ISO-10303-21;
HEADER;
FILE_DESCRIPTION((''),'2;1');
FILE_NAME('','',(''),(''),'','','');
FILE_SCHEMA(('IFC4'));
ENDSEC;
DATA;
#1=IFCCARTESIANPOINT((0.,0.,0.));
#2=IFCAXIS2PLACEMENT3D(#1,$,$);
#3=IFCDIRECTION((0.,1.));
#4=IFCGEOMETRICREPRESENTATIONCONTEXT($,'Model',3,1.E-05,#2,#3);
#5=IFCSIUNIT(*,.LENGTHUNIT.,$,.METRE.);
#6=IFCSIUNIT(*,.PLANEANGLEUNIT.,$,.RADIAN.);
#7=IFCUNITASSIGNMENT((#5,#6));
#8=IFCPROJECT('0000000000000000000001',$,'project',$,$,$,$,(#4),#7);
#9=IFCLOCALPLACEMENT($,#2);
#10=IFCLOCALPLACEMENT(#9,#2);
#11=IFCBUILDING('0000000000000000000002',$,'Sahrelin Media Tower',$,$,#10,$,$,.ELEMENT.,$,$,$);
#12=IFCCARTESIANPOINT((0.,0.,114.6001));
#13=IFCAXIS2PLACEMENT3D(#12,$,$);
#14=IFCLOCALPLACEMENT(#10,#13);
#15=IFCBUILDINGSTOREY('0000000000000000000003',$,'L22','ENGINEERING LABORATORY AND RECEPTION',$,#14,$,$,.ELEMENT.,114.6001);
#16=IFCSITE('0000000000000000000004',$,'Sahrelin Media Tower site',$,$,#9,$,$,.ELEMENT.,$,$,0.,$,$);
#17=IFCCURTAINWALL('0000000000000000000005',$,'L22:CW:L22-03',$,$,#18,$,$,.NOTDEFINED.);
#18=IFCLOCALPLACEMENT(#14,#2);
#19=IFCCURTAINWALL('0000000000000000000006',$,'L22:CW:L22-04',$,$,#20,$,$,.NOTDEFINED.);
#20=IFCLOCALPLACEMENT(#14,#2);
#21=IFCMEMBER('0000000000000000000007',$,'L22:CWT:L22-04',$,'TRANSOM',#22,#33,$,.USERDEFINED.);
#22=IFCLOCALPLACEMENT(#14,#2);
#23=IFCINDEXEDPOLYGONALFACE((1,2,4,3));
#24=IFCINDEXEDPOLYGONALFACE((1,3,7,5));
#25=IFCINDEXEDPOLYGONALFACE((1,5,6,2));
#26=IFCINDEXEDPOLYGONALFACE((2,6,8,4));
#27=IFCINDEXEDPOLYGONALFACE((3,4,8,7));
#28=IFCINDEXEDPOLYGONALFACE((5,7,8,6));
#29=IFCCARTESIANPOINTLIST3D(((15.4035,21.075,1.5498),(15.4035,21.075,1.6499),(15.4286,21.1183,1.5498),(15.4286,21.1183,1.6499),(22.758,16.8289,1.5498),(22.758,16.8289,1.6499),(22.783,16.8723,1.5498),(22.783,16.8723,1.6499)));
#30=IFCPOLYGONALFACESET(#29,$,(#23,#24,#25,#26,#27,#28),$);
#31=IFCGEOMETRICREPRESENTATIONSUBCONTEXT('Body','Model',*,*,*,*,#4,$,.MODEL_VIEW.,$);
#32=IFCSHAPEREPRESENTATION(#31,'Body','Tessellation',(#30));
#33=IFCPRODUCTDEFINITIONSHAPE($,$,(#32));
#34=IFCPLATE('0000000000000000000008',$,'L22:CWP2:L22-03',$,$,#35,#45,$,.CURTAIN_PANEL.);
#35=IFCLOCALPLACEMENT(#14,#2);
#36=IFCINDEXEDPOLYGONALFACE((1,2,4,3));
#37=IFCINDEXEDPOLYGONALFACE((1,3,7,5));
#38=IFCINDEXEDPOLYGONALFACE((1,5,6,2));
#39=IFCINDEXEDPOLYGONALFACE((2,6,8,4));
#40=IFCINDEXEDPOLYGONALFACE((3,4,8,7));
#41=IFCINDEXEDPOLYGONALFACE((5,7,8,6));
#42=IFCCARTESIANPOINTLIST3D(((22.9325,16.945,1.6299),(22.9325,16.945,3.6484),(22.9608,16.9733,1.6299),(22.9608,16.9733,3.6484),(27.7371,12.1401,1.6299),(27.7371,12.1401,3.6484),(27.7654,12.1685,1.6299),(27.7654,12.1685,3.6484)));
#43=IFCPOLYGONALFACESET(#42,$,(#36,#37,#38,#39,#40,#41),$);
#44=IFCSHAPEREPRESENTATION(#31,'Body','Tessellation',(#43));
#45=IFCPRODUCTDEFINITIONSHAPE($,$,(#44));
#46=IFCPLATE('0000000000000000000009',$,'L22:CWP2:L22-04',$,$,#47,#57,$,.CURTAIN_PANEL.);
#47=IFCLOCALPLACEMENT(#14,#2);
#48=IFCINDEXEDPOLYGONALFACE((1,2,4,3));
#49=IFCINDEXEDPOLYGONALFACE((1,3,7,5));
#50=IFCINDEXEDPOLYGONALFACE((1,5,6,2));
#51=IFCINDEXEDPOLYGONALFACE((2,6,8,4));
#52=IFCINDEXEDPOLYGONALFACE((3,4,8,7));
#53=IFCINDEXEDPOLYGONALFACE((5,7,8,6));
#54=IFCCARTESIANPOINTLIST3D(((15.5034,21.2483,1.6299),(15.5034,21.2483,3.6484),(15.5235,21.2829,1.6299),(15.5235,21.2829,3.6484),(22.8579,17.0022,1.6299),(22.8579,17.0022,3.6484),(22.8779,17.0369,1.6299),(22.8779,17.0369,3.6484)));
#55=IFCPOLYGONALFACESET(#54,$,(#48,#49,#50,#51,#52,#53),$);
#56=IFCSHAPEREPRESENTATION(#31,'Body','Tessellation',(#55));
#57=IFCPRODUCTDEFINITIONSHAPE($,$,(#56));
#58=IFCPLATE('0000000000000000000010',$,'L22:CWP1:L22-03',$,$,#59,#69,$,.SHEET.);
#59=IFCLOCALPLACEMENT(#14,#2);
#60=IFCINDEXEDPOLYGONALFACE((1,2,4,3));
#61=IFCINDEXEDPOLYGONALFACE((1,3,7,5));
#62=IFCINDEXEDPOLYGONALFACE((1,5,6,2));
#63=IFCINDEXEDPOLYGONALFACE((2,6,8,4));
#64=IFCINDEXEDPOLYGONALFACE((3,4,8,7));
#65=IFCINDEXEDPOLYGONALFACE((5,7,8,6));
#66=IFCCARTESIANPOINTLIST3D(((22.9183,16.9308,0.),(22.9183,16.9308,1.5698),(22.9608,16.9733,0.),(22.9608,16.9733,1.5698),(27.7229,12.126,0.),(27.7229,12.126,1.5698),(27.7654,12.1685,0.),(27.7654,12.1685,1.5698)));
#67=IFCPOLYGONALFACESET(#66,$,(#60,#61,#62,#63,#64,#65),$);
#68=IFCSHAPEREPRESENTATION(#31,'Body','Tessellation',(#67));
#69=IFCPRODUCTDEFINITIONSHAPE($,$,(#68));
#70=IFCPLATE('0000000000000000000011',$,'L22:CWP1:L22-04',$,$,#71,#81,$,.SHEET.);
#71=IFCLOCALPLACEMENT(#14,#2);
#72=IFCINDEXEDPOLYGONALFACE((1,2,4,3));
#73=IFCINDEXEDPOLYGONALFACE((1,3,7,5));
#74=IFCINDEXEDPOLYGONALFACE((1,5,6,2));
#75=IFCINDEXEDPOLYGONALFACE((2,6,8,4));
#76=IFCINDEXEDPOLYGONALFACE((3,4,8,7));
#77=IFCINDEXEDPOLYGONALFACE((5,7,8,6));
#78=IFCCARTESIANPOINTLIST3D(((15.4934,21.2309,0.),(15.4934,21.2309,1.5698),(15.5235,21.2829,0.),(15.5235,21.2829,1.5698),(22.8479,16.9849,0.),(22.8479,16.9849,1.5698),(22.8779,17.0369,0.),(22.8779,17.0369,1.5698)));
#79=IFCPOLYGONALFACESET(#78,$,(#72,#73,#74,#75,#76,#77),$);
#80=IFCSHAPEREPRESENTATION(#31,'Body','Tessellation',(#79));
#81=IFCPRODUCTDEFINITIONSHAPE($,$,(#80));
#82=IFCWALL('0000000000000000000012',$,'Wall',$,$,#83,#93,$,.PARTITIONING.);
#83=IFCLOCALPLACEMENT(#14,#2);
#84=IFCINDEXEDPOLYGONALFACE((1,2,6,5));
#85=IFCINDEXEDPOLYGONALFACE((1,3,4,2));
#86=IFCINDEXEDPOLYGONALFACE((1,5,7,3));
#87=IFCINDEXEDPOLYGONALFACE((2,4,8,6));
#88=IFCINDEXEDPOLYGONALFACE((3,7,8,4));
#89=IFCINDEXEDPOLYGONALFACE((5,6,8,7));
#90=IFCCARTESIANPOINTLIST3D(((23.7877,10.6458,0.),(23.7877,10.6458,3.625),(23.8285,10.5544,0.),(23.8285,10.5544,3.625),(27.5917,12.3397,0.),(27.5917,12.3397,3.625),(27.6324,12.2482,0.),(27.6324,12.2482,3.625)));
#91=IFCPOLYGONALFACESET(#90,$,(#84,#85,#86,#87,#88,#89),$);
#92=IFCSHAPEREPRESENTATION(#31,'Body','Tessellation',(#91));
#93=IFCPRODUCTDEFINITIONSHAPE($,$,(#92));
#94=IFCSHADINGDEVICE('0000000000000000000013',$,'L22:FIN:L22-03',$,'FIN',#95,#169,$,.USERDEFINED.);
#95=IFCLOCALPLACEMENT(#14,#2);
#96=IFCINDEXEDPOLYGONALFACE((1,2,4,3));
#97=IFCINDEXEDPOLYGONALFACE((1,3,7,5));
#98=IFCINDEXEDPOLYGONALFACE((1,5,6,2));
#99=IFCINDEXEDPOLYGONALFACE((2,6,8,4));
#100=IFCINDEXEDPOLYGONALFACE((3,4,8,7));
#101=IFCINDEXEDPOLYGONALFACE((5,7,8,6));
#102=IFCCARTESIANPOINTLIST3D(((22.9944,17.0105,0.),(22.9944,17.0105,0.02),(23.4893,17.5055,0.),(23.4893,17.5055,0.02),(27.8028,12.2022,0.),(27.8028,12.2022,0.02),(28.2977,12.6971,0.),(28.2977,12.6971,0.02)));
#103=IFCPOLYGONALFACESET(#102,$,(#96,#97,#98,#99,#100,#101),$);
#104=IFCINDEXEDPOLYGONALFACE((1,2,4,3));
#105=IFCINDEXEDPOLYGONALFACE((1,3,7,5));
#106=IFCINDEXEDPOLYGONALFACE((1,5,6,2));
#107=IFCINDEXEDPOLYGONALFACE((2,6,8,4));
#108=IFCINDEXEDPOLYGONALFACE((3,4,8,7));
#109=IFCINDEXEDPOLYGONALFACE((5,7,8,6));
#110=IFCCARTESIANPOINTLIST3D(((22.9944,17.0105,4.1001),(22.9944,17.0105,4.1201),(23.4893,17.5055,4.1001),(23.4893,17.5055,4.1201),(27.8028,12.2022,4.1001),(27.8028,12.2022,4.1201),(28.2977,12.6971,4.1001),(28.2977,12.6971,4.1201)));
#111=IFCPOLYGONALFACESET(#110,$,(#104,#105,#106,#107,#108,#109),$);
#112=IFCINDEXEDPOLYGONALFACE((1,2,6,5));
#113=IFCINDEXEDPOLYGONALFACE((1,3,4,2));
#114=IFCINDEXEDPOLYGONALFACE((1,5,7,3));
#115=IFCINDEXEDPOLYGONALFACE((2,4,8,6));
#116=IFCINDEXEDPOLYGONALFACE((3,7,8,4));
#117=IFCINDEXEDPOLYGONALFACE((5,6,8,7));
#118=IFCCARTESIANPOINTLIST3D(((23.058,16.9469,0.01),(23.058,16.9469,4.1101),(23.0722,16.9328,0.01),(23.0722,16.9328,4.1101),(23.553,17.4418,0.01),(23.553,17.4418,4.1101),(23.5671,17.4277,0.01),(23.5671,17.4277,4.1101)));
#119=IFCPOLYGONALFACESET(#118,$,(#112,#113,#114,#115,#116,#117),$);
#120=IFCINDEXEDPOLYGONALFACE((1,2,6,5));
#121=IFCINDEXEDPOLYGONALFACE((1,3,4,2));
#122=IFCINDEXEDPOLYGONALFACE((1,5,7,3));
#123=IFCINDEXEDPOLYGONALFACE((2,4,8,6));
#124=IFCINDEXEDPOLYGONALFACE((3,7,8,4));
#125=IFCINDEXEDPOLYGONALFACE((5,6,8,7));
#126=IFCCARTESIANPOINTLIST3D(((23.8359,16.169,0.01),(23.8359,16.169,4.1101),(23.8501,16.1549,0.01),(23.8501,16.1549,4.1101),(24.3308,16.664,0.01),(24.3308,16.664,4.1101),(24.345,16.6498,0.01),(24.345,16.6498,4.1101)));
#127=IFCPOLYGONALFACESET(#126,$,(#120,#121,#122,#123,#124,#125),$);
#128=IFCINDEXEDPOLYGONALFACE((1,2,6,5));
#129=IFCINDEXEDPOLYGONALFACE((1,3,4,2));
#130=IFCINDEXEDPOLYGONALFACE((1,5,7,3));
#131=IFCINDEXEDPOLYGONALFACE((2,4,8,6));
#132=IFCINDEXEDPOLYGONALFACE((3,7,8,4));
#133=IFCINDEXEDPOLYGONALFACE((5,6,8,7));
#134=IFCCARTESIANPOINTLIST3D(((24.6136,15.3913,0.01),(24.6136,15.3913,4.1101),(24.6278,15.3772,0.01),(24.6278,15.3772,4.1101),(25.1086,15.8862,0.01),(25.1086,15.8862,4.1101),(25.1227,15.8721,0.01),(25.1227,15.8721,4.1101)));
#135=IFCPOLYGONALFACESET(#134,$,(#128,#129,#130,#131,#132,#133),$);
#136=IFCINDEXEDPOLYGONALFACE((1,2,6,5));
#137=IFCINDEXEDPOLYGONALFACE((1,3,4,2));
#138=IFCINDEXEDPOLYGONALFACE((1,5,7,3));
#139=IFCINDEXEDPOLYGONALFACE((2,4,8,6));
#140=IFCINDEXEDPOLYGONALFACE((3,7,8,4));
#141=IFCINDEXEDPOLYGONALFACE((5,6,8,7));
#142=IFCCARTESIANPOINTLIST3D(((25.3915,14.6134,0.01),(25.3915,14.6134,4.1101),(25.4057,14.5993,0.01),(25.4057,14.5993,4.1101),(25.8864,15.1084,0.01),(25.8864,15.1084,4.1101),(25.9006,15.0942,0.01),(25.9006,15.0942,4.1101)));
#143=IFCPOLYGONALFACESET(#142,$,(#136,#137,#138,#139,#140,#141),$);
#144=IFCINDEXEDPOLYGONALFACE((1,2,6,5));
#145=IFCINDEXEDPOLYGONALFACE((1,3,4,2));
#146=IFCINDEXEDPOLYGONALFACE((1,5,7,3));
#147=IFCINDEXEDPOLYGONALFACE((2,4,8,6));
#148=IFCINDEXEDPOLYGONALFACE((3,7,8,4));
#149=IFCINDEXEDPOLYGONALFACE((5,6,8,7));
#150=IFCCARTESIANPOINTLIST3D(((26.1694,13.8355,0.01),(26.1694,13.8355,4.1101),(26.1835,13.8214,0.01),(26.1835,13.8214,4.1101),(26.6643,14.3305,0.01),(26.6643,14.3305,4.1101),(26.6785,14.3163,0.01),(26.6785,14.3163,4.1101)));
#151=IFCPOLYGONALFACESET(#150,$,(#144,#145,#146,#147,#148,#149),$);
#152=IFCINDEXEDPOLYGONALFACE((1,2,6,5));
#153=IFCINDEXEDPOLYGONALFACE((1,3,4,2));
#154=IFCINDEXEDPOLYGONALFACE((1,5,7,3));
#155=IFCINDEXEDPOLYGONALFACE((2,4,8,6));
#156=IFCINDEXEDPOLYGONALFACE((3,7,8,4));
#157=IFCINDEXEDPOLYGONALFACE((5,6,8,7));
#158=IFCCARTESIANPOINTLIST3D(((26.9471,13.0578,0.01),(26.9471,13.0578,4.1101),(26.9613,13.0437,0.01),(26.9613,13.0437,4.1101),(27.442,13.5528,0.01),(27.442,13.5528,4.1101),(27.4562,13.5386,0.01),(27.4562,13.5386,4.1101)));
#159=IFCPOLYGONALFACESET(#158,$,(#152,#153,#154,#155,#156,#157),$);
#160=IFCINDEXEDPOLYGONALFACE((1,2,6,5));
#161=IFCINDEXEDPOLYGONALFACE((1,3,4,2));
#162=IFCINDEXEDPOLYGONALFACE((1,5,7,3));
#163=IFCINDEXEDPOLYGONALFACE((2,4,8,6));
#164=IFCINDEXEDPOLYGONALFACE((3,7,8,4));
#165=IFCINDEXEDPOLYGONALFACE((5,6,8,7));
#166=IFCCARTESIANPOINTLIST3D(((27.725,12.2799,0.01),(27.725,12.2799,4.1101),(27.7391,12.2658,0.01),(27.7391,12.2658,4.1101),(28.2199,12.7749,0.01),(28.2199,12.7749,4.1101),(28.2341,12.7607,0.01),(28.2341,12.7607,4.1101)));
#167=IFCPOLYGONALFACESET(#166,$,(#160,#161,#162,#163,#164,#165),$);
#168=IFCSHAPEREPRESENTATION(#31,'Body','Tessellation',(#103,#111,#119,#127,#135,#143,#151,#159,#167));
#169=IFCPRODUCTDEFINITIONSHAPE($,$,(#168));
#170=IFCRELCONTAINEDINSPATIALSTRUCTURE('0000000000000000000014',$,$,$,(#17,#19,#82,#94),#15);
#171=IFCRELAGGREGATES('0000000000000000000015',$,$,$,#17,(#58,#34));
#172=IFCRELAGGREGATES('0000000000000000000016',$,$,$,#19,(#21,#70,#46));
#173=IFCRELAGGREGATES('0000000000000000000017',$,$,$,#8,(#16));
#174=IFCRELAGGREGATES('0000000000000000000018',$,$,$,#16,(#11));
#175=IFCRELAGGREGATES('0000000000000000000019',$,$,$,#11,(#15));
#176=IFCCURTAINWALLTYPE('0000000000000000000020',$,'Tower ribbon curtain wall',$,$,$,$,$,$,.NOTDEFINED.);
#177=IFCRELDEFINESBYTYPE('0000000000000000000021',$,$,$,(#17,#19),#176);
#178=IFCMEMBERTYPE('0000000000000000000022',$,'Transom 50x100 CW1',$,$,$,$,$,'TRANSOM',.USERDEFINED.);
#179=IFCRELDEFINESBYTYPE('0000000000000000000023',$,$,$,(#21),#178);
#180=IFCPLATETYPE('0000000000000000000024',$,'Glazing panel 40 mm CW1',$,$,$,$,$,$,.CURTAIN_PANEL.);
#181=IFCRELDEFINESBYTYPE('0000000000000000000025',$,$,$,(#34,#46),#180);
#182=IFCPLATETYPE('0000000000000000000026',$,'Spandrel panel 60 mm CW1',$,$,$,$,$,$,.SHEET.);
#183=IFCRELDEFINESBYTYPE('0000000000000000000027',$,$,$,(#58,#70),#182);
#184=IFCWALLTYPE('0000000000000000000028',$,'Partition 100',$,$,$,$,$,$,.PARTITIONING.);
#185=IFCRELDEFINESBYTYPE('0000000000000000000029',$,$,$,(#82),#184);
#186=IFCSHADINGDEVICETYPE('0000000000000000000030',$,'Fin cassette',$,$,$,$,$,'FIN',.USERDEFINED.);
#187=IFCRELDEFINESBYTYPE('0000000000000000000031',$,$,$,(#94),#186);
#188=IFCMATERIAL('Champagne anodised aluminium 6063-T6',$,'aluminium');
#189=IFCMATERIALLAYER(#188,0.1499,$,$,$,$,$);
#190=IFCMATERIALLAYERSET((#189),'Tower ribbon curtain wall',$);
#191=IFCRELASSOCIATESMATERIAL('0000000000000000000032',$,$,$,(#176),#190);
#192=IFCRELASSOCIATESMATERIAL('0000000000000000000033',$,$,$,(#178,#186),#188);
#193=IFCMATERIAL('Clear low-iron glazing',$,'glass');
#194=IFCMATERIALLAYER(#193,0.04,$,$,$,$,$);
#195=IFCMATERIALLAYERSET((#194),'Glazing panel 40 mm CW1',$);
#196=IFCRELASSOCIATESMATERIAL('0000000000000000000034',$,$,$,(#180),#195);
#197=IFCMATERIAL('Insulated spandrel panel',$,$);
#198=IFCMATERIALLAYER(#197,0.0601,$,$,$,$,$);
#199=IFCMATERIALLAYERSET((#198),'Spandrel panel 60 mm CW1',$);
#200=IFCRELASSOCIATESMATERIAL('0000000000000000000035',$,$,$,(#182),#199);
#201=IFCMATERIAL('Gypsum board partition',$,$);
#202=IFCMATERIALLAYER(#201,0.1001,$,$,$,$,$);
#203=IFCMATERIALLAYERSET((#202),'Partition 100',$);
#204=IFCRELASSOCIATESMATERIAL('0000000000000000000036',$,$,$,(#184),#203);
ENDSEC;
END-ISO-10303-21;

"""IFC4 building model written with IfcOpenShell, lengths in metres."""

from ifc_helpers import new_model, si_unit, direction, frame, frame_2d, origin, origin_2d, place, context, subcontext, project, spatial, polyline, rectangle, outline, extrude, material, layer, layer_set, material_profile, profile_set, type_object, element, aggregate, save


model = new_model("IFC4")

# Units and contexts
model_context = context("Model", 3, precision=1e-05, world=origin(), true_north=direction((0.0, 1.0)))
body_context = subcontext(model_context, "Body", "Model", "MODEL_VIEW")
ifc_project = project(units=[si_unit("LENGTHUNIT", "METRE"), si_unit("PLANEANGLEUNIT", "RADIAN")], contexts=[model_context])

# Site, building, storey
site_placement = place(None, origin())
site = spatial("IfcSite", under=ifc_project, at=site_placement, Name="Sahrelin Media Tower site", CompositionType="ELEMENT", RefElevation=0.0)
building_placement = place(site_placement, origin())
building = spatial("IfcBuilding", under=site, at=building_placement, Name="Sahrelin Media Tower", CompositionType="ELEMENT")
storey_placement = place(building_placement, frame((0.0, 0.0, 114.6001)))
storey = spatial("IfcBuildingStorey", under=building, at=storey_placement, Name="L22", Description="ENGINEERING LABORATORY AND RECEPTION", CompositionType="ELEMENT", Elevation=114.6001)

# Curtain walls
ifc_material_1 = material(Name="Champagne anodised aluminium 6063-T6", Category="aluminium")
ifc_layer_1 = layer(ifc_material_1, 0.1499)
ifc_layer_set_1 = layer_set([ifc_layer_1], Name="Tower ribbon curtain wall")
curtain_wall_type = type_object("IfcCurtainWallType", Name="Tower ribbon curtain wall", PredefinedType="NOTDEFINED", material=ifc_layer_set_1)
curtain_wall_1_placement = place(storey_placement, frame((25.3491, 14.5569, 0.0), z_axis=(0.0, 0.0, 1.0), x_axis=(1.0, 0.0, 0.0)))
curtain_wall_1 = element("IfcCurtainWall", 1, at=curtain_wall_1_placement, inside=storey, type_object=curtain_wall_type, Name="L22:CW:L22-03", PredefinedType="NOTDEFINED")
curtain_wall_2_placement = place(storey_placement, frame((19.1907, 19.1426, 0.0), z_axis=(0.0, 0.0, 1.0), x_axis=(1.0, 0.0, 0.0)))
curtain_wall_2 = element("IfcCurtainWall", 2, at=curtain_wall_2_placement, inside=storey, type_object=curtain_wall_type, Name="L22:CW:L22-04", PredefinedType="NOTDEFINED")

# Member
ifc_material_profile_1 = material_profile(ifc_material_1, rectangle(XDim=0.05, YDim=0.1001, at=origin_2d()), Name="Transom 50x100")
ifc_profile_set_1 = profile_set([ifc_material_profile_1], Name="Champagne anodised aluminium 6063-T6")
member_type_1 = type_object("IfcMemberType", Name="Transom 50x100 CW1", ElementType="TRANSOM", PredefinedType="USERDEFINED", material=ifc_profile_set_1)
member_1_placement = place(storey_placement, frame((22.7705, 16.8506, 1.5999), z_axis=(-0.866027, 0.499998, 0.0), x_axis=(-0.499998, -0.866027, 0.0)))
member_1 = element("IfcMember", 3, at=member_1_placement, type_object=member_type_1, Name="L22:CWT:L22-04", ObjectType="TRANSOM", PredefinedType="USERDEFINED", context=body_context, shape_type="SweptSolid", body=[
    extrude(rectangle(XDim=0.05, YDim=0.1001, at=origin_2d()), origin(), (0.0, 0.0, 1.0), 8.4922),
])

# Plates
ifc_material_2 = material(Name="Clear low-iron glazing", Category="glass")
ifc_layer_2 = layer(ifc_material_2, 0.04)
ifc_layer_set_2 = layer_set([ifc_layer_2], Name="Glazing panel 40 mm CW1")
plate_type_1 = type_object("IfcPlateType", Name="Glazing panel 40 mm CW1", PredefinedType="CURTAIN_PANEL", material=ifc_layer_set_2)
plate_1_placement = place(storey_placement, frame((27.7654, 12.1685, 1.6299), z_axis=(0.707125, 0.707089, 0.0), x_axis=(-0.707089, 0.707125, 0.0)))
plate_1 = element("IfcPlate", 4, at=plate_1_placement, type_object=plate_type_1, Name="L22:CWP2:L22-03", PredefinedType="CURTAIN_PANEL", context=body_context, shape_type="SweptSolid", body=[
    extrude(outline(polyline([(0.0, 0.0), (6.7949, 0.0), (6.7949, 2.0186), (0.0, 2.0186), (0.0, 0.0)])), origin(), (0.0, 0.0, -1.0), 0.04),
])
plate_2_placement = place(storey_placement, frame((22.8779, 17.0369, 1.6299), z_axis=(0.499998, 0.866027, 0.0), x_axis=(-0.866027, 0.499998, 0.0)))
plate_2 = element("IfcPlate", 5, at=plate_2_placement, type_object=plate_type_1, Name="L22:CWP2:L22-04", PredefinedType="CURTAIN_PANEL", context=body_context, shape_type="SweptSolid", body=[
    extrude(outline(polyline([(0.0, 0.0), (8.4922, 0.0), (8.4922, 2.0186), (0.0, 2.0186), (0.0, 0.0)])), origin(), (0.0, 0.0, -1.0), 0.04),
])
ifc_material_3 = material(Name="Insulated spandrel panel")
ifc_layer_3 = layer(ifc_material_3, 0.0601)
ifc_layer_set_3 = layer_set([ifc_layer_3], Name="Spandrel panel 60 mm CW1")
plate_type_2 = type_object("IfcPlateType", Name="Spandrel panel 60 mm CW1", PredefinedType="SHEET", material=ifc_layer_set_3)
plate_3_placement = place(storey_placement, frame((27.7654, 12.1685, 0.0), z_axis=(0.707125, 0.707089, 0.0), x_axis=(-0.707089, 0.707125, 0.0)))
plate_3 = element("IfcPlate", 6, at=plate_3_placement, type_object=plate_type_2, Name="L22:CWP1:L22-03", PredefinedType="SHEET", context=body_context, shape_type="SweptSolid", body=[
    extrude(outline(polyline([(0.0, 0.0), (6.7949, 0.0), (6.7949, 1.5698), (0.0, 1.5698), (0.0, 0.0)])), origin(), (0.0, 0.0, -1.0), 0.0601),
])
aggregate(curtain_wall_1, [plate_3, plate_1])
plate_4_placement = place(storey_placement, frame((22.8779, 17.0369, 0.0), z_axis=(0.499998, 0.866027, 0.0), x_axis=(-0.866027, 0.499998, 0.0)))
plate_4 = element("IfcPlate", 7, at=plate_4_placement, type_object=plate_type_2, Name="L22:CWP1:L22-04", PredefinedType="SHEET", context=body_context, shape_type="SweptSolid", body=[
    extrude(outline(polyline([(0.0, 0.0), (8.4922, 0.0), (8.4922, 1.5698), (0.0, 1.5698), (0.0, 0.0)])), origin(), (0.0, 0.0, -1.0), 0.0601),
])
aggregate(curtain_wall_2, [member_1, plate_4, plate_2])

# Wall
ifc_material_4 = material(Name="Gypsum board partition")
ifc_layer_4 = layer(ifc_material_4, 0.1001)
ifc_layer_set_4 = layer_set([ifc_layer_4], Name="Partition 100")
wall_type = type_object("IfcWallType", Name="Partition 100", PredefinedType="PARTITIONING", material=ifc_layer_set_4)
wall_placement = place(storey_placement, frame((23.8081, 10.6001, 0.0), z_axis=(0.0, 0.0, 1.0), x_axis=(0.913526, 0.40678, 0.0)))
element("IfcWall", 8, at=wall_placement, inside=storey, type_object=wall_type, Name="Wall", PredefinedType="PARTITIONING", context=body_context, shape_type="SweptSolid", body=[
    extrude(rectangle(XDim=4.1641, YDim=0.1001, at=frame_2d((2.082, 0.0))), origin(), (0.0, 0.0, 1.0), 3.625),
])

# Shading device
shading_device_type_1 = type_object("IfcShadingDeviceType", Name="Fin cassette", ElementType="FIN", PredefinedType="USERDEFINED", material=ifc_material_1)
placement_1 = place(storey_placement, frame((25.3491, 14.5569, 0.0), z_axis=(0.0, 0.0, 1.0), x_axis=(0.707107, -0.707107, 0.0)))
element("IfcShadingDevice", 9, at=placement_1, inside=storey, type_object=shading_device_type_1, Name="L22:FIN:L22-03", ObjectType="FIN", PredefinedType="USERDEFINED", context=body_context, shape_type="SweptSolid", body=[
    extrude(rectangle(XDim=6.8, YDim=0.7, at=origin_2d()), frame((0.0, 0.4199, 0.0)), (0.0, 0.0, 1.0), 0.02),
    extrude(rectangle(XDim=6.8, YDim=0.7, at=origin_2d()), frame((0.0, 0.4199, 4.1001)), (0.0, 0.0, 1.0), 0.02),
    extrude(rectangle(XDim=0.02, YDim=0.7, at=origin_2d()), frame((-3.3, 0.4199, 0.01), z_axis=(0.0, 0.0, 1.0), x_axis=(1.0, 0.0, 0.0)), (0.0, 0.0, 1.0), 4.1001),
    extrude(rectangle(XDim=0.02, YDim=0.7, at=origin_2d()), frame((-2.2, 0.4199, 0.01), z_axis=(0.0, 0.0, 1.0), x_axis=(1.0, 0.0, 0.0)), (0.0, 0.0, 1.0), 4.1001),
    extrude(rectangle(XDim=0.02, YDim=0.7, at=origin_2d()), frame((-1.1001, 0.4199, 0.01), z_axis=(0.0, 0.0, 1.0), x_axis=(1.0, 0.0, 0.0)), (0.0, 0.0, 1.0), 4.1001),
    extrude(rectangle(XDim=0.02, YDim=0.7, at=origin_2d()), frame((0.0, 0.4199, 0.01), z_axis=(0.0, 0.0, 1.0), x_axis=(1.0, 0.0, 0.0)), (0.0, 0.0, 1.0), 4.1001),
    extrude(rectangle(XDim=0.02, YDim=0.7, at=origin_2d()), frame((1.1001, 0.4199, 0.01), z_axis=(0.0, 0.0, 1.0), x_axis=(1.0, 0.0, 0.0)), (0.0, 0.0, 1.0), 4.1001),
    extrude(rectangle(XDim=0.02, YDim=0.7, at=origin_2d()), frame((2.2, 0.4199, 0.01), z_axis=(0.0, 0.0, 1.0), x_axis=(1.0, 0.0, 0.0)), (0.0, 0.0, 1.0), 4.1001),
    extrude(rectangle(XDim=0.02, YDim=0.7, at=origin_2d()), frame((3.3, 0.4199, 0.01), z_axis=(0.0, 0.0, 1.0), x_axis=(1.0, 0.0, 0.0)), (0.0, 0.0, 1.0), 4.1001),
])

save(model, "model.ifc")
